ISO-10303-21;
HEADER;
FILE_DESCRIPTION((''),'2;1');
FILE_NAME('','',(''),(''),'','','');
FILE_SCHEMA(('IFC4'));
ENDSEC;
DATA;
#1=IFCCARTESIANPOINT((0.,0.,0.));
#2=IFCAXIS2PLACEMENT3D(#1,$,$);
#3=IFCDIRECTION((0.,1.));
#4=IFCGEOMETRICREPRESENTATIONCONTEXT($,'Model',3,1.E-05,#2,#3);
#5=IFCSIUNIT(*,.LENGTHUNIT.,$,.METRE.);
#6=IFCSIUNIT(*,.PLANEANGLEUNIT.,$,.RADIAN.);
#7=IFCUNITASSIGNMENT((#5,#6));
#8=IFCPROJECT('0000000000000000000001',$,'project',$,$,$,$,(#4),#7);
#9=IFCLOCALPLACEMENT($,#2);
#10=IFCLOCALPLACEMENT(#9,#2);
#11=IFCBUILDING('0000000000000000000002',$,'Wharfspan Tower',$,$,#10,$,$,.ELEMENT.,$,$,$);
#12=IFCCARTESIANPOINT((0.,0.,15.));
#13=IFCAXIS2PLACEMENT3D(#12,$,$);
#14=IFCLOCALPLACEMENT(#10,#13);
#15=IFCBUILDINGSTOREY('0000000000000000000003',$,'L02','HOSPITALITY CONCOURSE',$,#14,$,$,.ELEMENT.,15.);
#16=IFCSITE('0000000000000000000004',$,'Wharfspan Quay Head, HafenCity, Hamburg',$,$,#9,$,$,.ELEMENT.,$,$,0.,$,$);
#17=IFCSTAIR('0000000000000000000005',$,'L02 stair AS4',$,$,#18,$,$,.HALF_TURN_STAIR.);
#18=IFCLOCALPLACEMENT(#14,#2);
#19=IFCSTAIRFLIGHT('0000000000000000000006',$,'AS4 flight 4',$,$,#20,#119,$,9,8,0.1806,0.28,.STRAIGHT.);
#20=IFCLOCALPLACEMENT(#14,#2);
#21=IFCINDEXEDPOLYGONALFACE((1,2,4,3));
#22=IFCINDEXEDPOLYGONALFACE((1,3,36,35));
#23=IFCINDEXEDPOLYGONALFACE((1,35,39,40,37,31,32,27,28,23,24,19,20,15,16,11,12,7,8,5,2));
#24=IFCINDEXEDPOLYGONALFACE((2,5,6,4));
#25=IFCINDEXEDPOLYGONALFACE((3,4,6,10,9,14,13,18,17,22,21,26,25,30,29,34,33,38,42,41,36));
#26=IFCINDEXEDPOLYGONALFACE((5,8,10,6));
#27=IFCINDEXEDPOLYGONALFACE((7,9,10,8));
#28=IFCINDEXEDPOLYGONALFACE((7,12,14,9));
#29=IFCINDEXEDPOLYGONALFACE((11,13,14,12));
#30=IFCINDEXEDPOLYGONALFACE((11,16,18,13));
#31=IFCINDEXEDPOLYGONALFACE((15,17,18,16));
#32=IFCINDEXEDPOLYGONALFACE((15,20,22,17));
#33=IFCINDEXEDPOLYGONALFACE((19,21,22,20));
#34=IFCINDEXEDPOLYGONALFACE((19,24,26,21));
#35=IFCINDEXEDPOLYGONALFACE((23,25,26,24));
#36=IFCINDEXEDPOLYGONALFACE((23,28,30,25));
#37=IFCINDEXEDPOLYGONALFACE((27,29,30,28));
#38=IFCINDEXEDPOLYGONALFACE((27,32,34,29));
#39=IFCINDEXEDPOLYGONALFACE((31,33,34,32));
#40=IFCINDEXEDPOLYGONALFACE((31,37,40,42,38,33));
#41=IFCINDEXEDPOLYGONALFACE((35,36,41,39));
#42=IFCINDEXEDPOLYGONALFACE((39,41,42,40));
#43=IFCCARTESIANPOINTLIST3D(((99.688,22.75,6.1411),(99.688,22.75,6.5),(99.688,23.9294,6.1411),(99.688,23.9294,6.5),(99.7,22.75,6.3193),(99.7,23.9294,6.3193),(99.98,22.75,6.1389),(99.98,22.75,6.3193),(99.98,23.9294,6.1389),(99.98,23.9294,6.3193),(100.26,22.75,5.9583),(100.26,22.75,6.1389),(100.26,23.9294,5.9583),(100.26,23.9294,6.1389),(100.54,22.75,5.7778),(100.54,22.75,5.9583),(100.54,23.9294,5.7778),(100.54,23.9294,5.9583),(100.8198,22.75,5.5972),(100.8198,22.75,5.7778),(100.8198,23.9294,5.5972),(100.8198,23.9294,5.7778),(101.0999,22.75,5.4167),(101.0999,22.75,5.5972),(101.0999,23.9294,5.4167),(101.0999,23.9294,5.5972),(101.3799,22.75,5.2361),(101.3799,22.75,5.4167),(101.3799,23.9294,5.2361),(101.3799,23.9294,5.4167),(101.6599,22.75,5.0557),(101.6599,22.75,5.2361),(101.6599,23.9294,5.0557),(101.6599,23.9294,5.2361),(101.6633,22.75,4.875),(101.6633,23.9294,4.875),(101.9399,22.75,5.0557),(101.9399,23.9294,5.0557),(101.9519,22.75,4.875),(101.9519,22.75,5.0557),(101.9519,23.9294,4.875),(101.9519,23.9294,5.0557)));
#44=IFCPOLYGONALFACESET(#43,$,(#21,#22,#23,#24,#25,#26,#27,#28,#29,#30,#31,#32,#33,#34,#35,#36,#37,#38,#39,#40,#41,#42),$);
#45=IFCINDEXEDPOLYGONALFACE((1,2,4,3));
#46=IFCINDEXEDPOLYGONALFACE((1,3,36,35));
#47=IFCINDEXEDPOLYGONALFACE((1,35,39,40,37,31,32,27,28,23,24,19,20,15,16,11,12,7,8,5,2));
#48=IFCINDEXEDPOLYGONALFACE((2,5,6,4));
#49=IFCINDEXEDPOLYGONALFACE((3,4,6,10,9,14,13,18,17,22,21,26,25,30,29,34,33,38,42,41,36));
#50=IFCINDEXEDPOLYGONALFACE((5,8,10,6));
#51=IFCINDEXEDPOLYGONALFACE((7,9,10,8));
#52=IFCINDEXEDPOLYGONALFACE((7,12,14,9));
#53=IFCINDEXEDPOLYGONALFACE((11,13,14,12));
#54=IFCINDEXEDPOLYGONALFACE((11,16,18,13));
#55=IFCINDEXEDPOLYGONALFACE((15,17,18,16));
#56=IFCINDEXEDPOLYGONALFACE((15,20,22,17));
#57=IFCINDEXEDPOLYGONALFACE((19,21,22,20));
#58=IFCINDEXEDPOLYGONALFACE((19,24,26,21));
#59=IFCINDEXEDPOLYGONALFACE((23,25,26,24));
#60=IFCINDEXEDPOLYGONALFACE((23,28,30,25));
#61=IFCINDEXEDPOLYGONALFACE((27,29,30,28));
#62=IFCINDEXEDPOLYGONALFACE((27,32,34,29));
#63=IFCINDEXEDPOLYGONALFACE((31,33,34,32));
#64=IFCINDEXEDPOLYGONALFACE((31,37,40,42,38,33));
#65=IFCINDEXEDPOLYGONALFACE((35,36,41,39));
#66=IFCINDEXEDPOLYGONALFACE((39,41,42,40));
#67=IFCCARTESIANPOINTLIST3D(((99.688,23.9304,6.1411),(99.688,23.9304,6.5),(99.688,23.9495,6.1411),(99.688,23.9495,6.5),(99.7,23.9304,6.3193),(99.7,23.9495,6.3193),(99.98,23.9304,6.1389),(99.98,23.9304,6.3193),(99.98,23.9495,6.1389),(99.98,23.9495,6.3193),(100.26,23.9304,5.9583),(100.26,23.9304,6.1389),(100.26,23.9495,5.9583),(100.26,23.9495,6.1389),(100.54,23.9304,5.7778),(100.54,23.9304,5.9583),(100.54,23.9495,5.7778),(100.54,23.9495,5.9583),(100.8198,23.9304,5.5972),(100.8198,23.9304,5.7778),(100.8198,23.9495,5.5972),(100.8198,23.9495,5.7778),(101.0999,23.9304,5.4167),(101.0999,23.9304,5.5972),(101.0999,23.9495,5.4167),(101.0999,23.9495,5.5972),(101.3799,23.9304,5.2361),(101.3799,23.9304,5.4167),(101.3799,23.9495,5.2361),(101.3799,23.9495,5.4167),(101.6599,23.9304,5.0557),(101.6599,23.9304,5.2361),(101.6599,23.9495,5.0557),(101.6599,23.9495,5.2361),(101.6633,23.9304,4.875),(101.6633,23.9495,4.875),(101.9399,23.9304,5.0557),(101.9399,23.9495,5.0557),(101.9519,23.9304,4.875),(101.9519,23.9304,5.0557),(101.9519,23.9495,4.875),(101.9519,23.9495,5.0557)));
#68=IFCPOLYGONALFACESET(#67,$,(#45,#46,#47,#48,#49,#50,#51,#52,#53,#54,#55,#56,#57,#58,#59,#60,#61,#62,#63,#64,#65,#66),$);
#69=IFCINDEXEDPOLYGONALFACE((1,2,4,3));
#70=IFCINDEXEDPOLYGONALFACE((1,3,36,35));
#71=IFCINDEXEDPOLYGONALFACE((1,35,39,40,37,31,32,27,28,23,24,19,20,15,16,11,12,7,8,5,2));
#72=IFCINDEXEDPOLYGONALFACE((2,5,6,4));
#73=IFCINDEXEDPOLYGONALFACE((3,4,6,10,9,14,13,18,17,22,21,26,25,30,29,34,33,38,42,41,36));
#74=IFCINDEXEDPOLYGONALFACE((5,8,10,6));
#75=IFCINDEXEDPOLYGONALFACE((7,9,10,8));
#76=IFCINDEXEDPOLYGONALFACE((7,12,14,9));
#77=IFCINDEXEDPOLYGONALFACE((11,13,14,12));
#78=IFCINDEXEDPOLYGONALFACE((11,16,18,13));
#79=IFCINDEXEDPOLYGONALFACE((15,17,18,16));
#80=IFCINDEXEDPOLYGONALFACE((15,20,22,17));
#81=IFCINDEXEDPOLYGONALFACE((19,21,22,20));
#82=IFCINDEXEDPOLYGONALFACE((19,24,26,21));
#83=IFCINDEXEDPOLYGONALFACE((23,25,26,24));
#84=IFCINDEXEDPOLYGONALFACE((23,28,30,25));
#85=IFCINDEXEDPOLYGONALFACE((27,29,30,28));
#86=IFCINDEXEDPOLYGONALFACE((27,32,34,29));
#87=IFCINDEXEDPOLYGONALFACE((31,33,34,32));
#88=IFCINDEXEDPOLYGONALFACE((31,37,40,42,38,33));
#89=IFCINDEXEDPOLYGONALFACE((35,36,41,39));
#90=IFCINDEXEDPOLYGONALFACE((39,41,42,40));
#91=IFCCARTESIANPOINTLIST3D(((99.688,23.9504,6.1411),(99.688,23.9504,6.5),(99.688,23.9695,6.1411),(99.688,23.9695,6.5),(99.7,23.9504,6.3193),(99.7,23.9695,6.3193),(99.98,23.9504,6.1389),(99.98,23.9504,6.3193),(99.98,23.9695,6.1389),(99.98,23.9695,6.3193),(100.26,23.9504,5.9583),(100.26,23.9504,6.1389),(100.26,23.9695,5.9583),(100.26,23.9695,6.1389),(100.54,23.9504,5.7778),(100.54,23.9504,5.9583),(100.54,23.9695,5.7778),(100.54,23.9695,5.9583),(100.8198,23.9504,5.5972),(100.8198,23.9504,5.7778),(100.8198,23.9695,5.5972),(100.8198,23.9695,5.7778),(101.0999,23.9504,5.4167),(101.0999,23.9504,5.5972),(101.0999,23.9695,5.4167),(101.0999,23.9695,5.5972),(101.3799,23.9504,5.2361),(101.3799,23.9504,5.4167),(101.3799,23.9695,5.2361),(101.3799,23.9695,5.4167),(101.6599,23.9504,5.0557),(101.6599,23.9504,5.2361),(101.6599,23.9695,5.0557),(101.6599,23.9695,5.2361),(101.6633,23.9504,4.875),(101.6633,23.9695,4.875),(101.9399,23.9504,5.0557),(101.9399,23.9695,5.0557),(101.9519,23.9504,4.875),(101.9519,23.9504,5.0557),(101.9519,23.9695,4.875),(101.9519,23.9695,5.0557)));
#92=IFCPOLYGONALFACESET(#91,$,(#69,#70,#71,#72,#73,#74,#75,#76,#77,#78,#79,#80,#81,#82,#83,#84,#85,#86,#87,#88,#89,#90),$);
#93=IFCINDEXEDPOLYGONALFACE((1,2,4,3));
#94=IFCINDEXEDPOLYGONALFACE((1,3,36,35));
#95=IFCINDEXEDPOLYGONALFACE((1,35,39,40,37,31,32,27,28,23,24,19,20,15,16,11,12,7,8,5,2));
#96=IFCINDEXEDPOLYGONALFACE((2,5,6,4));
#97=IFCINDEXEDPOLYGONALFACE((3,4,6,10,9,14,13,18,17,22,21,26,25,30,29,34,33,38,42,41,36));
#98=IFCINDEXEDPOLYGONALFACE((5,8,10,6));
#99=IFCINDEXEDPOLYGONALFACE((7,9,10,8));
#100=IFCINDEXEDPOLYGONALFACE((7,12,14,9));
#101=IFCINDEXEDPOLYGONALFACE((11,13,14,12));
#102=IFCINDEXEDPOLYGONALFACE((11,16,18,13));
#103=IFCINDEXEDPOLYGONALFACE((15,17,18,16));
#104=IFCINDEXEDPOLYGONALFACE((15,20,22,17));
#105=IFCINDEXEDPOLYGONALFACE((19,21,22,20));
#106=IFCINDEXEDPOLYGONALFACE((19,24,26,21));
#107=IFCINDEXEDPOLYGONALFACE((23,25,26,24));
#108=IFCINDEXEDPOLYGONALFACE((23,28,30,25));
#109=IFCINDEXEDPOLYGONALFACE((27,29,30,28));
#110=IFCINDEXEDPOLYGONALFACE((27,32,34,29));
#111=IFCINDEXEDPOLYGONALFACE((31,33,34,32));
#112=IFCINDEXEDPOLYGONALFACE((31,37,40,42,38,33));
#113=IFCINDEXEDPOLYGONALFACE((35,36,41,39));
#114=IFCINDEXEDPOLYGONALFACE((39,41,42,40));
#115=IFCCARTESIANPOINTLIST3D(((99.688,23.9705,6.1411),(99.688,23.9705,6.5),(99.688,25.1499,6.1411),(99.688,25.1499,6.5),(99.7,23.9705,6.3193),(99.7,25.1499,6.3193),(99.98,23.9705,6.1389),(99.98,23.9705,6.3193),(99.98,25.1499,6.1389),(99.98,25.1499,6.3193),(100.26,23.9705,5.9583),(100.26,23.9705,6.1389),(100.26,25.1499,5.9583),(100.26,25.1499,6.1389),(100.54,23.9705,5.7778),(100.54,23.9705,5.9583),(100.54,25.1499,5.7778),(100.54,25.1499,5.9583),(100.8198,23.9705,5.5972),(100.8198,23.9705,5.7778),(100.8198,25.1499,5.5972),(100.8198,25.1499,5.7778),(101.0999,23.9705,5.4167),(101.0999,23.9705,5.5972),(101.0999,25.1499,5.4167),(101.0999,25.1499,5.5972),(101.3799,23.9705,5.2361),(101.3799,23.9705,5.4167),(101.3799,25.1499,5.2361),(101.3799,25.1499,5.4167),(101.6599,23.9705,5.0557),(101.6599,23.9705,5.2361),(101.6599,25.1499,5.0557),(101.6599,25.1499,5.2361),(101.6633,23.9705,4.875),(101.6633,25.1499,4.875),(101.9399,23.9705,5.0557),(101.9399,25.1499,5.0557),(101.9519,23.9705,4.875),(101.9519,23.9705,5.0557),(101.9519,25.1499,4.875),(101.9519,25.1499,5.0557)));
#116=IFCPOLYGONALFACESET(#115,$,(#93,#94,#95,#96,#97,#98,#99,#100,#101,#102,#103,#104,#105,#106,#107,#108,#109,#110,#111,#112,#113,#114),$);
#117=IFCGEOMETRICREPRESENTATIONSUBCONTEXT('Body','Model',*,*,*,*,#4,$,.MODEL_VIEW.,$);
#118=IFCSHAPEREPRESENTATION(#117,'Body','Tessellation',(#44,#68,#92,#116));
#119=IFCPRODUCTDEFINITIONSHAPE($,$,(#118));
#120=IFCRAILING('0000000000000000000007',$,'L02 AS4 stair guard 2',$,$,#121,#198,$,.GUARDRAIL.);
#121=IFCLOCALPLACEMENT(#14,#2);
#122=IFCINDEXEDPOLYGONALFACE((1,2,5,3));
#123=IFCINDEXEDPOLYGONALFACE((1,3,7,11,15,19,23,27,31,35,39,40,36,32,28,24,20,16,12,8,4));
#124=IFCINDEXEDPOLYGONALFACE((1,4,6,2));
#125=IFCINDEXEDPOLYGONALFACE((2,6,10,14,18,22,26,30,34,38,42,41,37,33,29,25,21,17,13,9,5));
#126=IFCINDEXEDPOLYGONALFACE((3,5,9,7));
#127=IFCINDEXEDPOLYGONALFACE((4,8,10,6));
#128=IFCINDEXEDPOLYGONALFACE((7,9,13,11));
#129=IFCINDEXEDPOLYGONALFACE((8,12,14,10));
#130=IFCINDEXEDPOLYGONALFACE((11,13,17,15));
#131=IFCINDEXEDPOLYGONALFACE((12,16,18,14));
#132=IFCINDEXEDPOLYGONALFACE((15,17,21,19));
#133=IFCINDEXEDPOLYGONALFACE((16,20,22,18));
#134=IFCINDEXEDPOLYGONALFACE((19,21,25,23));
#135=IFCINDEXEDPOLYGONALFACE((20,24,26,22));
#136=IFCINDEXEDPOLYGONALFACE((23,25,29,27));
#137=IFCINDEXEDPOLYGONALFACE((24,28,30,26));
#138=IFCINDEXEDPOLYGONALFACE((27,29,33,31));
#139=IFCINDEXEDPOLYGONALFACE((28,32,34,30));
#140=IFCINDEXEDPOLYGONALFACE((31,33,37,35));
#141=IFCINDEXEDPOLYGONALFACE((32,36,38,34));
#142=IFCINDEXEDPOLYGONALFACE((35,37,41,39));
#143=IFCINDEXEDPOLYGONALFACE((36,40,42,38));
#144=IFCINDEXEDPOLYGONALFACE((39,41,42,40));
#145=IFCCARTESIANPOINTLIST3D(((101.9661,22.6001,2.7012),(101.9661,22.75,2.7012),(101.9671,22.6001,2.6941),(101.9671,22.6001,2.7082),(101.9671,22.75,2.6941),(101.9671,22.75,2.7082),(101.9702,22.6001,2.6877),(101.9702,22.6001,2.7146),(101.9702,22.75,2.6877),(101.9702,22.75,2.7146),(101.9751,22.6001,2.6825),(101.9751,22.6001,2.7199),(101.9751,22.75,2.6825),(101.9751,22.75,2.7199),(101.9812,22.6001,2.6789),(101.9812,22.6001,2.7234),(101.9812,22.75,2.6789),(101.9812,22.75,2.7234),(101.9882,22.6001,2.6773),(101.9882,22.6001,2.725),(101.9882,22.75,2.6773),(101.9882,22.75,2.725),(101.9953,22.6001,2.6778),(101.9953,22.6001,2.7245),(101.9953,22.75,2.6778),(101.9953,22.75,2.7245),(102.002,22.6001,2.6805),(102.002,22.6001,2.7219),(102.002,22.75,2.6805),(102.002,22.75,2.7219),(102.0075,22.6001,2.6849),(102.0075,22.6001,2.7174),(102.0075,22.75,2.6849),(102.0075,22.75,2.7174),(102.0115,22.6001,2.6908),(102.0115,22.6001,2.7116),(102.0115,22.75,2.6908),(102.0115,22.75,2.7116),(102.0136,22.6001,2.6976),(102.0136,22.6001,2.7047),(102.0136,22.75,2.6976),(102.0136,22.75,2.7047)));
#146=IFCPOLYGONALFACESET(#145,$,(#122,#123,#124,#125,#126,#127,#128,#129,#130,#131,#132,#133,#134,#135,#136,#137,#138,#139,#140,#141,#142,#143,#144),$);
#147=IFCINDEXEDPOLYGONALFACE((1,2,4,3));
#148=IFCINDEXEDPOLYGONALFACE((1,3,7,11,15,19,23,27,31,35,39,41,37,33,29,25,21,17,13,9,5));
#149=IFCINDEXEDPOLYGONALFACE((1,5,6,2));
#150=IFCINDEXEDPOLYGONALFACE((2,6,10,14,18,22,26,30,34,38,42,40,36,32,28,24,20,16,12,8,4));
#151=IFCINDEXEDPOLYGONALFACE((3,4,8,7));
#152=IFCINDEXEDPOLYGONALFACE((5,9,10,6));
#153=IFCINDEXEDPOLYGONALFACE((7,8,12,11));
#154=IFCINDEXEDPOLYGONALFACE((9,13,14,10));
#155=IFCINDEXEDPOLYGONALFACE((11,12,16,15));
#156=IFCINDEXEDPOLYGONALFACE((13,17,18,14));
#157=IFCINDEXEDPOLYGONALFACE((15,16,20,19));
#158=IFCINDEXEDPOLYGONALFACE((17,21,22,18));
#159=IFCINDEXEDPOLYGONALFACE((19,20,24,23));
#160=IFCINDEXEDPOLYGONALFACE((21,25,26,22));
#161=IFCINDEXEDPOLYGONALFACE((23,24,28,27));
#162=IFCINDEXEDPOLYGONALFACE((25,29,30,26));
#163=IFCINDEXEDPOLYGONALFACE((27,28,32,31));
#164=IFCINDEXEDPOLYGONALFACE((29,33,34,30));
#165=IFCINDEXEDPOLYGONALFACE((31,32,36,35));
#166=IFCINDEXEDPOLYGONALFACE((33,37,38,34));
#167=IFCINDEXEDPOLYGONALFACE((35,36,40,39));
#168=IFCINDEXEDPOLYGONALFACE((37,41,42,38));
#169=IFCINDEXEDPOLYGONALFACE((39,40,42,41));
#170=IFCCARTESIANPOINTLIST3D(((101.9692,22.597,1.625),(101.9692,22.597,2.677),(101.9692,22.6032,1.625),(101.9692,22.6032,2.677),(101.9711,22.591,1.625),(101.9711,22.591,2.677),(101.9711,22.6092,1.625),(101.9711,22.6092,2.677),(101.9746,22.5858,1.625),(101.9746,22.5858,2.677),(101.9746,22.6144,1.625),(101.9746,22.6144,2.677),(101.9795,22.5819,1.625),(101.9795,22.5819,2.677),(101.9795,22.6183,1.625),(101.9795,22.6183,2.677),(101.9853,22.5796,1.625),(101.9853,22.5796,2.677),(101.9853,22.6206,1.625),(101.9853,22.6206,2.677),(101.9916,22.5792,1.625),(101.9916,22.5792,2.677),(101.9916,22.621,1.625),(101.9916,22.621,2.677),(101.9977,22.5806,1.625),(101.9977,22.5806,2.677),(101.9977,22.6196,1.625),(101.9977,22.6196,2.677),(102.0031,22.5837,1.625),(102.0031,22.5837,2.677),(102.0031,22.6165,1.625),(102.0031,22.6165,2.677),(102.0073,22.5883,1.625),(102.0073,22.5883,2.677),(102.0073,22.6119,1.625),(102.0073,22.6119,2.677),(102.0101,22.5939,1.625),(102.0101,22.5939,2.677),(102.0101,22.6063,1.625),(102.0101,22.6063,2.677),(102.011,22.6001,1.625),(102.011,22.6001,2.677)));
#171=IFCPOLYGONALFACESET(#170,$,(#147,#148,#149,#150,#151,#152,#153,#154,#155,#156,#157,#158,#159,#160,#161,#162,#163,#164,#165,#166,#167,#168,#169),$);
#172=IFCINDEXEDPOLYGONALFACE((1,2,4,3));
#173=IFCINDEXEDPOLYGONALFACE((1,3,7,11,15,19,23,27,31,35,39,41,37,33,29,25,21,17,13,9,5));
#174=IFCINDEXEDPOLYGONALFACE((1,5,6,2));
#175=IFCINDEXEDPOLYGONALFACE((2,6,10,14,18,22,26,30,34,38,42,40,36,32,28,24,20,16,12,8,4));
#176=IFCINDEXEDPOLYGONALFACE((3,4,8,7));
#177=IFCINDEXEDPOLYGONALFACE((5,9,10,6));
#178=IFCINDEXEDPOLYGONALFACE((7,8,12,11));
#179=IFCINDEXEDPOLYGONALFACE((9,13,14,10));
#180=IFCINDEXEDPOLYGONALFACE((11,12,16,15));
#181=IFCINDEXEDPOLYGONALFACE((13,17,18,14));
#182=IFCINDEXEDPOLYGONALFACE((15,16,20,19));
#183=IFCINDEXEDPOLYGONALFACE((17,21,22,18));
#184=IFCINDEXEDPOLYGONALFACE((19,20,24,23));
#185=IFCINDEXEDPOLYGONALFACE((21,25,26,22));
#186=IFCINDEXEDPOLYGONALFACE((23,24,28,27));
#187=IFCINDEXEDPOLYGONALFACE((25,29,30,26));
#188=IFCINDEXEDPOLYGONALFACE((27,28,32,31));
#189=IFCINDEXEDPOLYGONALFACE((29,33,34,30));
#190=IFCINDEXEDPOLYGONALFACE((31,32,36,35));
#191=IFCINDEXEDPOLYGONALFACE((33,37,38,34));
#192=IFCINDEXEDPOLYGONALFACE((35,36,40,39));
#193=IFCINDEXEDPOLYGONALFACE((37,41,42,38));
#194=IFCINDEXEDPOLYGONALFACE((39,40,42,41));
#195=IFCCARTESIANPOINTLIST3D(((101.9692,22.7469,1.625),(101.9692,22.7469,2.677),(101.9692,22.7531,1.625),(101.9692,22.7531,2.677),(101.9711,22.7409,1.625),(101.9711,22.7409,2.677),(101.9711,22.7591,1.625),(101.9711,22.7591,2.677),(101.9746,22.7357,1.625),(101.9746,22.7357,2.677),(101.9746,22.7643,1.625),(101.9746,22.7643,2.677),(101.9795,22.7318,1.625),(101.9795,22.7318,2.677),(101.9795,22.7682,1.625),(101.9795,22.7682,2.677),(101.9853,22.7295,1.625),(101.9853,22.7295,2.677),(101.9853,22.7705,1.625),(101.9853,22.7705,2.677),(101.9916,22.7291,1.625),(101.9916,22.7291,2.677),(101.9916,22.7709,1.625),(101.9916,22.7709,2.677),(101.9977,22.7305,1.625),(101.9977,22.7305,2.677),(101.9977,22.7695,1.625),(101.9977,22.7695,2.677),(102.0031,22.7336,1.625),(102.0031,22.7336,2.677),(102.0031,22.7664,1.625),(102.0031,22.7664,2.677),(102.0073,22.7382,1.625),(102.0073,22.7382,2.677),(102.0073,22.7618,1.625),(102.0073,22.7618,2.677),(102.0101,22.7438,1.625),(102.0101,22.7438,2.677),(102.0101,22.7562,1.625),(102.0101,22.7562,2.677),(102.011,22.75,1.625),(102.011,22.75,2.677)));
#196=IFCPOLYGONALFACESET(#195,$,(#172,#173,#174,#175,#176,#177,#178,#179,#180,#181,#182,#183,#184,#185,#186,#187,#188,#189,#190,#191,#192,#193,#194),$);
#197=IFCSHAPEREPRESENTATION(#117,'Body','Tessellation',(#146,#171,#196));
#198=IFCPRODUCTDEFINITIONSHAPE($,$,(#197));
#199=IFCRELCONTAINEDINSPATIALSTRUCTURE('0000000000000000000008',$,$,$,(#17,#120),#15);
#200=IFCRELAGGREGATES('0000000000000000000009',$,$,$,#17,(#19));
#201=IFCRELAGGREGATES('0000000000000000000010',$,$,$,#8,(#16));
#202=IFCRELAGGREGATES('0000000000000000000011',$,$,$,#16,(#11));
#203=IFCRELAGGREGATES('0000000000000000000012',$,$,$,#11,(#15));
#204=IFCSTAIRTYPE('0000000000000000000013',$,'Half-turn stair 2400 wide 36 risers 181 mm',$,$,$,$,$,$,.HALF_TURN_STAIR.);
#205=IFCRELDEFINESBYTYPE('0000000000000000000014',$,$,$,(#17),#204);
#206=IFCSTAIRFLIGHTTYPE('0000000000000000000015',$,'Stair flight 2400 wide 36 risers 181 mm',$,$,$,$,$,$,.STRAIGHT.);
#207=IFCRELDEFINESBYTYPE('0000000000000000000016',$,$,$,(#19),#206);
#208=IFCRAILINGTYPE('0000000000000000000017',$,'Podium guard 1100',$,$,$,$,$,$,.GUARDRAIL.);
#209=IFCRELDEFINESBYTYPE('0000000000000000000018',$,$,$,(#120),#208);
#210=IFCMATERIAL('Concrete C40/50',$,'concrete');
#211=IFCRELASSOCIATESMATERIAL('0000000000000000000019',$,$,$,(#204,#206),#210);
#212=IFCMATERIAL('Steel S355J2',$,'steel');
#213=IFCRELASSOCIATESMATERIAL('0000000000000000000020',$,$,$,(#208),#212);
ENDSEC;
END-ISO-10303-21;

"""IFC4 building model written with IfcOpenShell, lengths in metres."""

from ifc_helpers import new_model, si_unit, direction, frame, origin, origin_2d, place, context, subcontext, project, spatial, polyline, circle, outline, extrude, material, type_object, element, aggregate, save


model = new_model("IFC4")

# Units and contexts
model_context = context("Model", 3, precision=1e-05, world=origin(), true_north=direction((0.0, 1.0)))
body_context = subcontext(model_context, "Body", "Model", "MODEL_VIEW")
ifc_project = project(units=[si_unit("LENGTHUNIT", "METRE"), si_unit("PLANEANGLEUNIT", "RADIAN")], contexts=[model_context])

# Site, building, storey
site_placement = place(None, origin())
site = spatial("IfcSite", under=ifc_project, at=site_placement, Name="Wharfspan Quay Head, HafenCity, Hamburg", CompositionType="ELEMENT", RefElevation=0.0)
building_placement = place(site_placement, origin())
building = spatial("IfcBuilding", under=site, at=building_placement, Name="Wharfspan Tower", CompositionType="ELEMENT")
storey_placement = place(building_placement, frame((0.0, 0.0, 15.0)))
storey = spatial("IfcBuildingStorey", under=building, at=storey_placement, Name="L02", Description="HOSPITALITY CONCOURSE", CompositionType="ELEMENT", Elevation=15.0)

# Shared definitions
ifc_material_1 = material(Name="Concrete C40/50", Category="concrete")

# Stair, stair flight
stair_type = type_object("IfcStairType", Name="Half-turn stair 2400 wide 36 risers 181 mm", PredefinedType="HALF_TURN_STAIR", material=ifc_material_1)
stair_placement = place(storey_placement, origin())
stair = element("IfcStair", 1, at=stair_placement, inside=storey, type_object=stair_type, Name="L02 stair AS4", PredefinedType="HALF_TURN_STAIR")
stair_flight_type = type_object("IfcStairFlightType", Name="Stair flight 2400 wide 36 risers 181 mm", PredefinedType="STRAIGHT", material=ifc_material_1)
stair_flight_1_placement = place(storey_placement, frame((101.9399, 23.95, 4.875), z_axis=(0.0, 0.0, 1.0), x_axis=(-1.0, 0.0, 0.0)))
stair_flight_1 = element("IfcStairFlight", 2, at=stair_flight_1_placement, type_object=stair_flight_type, Name="AS4 flight 4", NumberOfRisers=9, NumberOfTreads=8, PredefinedType="STRAIGHT", RiserHeight=0.1806, TreadLength=0.28, context=body_context, shape_type="SweptSolid", body=[
    extrude(outline(polyline([(-0.012, 0.0), (-0.012, 0.1807), (0.0, 0.1807), (0.28, 0.1807), (0.28, 0.3611), (0.5601, 0.3611), (0.5601, 0.5417), (0.8401, 0.5417), (0.8401, 0.7222), (1.1201, 0.7222), (1.1201, 0.9028), (1.3999, 0.9028), (1.3999, 1.0833), (1.6799, 1.0833), (1.6799, 1.2639), (1.96, 1.2639), (1.96, 1.4443), (2.24, 1.4443), (2.252, 1.625), (2.252, 1.2661), (0.2766, 0.0), (-0.012, 0.0)])), frame((0.0, 1.2, 0.0), z_axis=(0.0, -1.0, 0.0), x_axis=(1.0, 0.0, 0.0)), (0.0, 0.0, 1.0), 1.1794),
    extrude(outline(polyline([(-0.012, 0.0), (-0.012, 0.1807), (0.0, 0.1807), (0.28, 0.1807), (0.28, 0.3611), (0.5601, 0.3611), (0.5601, 0.5417), (0.8401, 0.5417), (0.8401, 0.7222), (1.1201, 0.7222), (1.1201, 0.9028), (1.3999, 0.9028), (1.3999, 1.0833), (1.6799, 1.0833), (1.6799, 1.2639), (1.96, 1.2639), (1.96, 1.4443), (2.24, 1.4443), (2.252, 1.625), (2.252, 1.2661), (0.2766, 0.0), (-0.012, 0.0)])), frame((0.0, 0.0195, 0.0), z_axis=(0.0, -1.0, 0.0), x_axis=(1.0, 0.0, 0.0)), (0.0, 0.0, 1.0), 0.019),
    extrude(outline(polyline([(-0.012, 0.0), (-0.012, 0.1807), (0.0, 0.1807), (0.28, 0.1807), (0.28, 0.3611), (0.5601, 0.3611), (0.5601, 0.5417), (0.8401, 0.5417), (0.8401, 0.7222), (1.1201, 0.7222), (1.1201, 0.9028), (1.3999, 0.9028), (1.3999, 1.0833), (1.6799, 1.0833), (1.6799, 1.2639), (1.96, 1.2639), (1.96, 1.4443), (2.24, 1.4443), (2.252, 1.625), (2.252, 1.2661), (0.2766, 0.0), (-0.012, 0.0)])), frame((0.0, -0.0005, 0.0), z_axis=(0.0, -1.0, 0.0), x_axis=(1.0, 0.0, 0.0)), (0.0, 0.0, 1.0), 0.019),
    extrude(outline(polyline([(-0.012, 0.0), (-0.012, 0.1807), (0.0, 0.1807), (0.28, 0.1807), (0.28, 0.3611), (0.5601, 0.3611), (0.5601, 0.5417), (0.8401, 0.5417), (0.8401, 0.7222), (1.1201, 0.7222), (1.1201, 0.9028), (1.3999, 0.9028), (1.3999, 1.0833), (1.6799, 1.0833), (1.6799, 1.2639), (1.96, 1.2639), (1.96, 1.4443), (2.24, 1.4443), (2.252, 1.625), (2.252, 1.2661), (0.2766, 0.0), (-0.012, 0.0)])), frame((0.0, -0.0205, 0.0), z_axis=(0.0, -1.0, 0.0), x_axis=(1.0, 0.0, 0.0)), (0.0, 0.0, 1.0), 1.1794),
])
aggregate(stair, [stair_flight_1])

# Railing
ifc_material_2 = material(Name="Steel S355J2", Category="steel")
railing_type_1 = type_object("IfcRailingType", Name="Podium guard 1100", PredefinedType="GUARDRAIL", material=ifc_material_2)
railing_1_placement = place(storey_placement, frame((101.99, 22.6001, 1.625)))
element("IfcRailing", 3, at=railing_1_placement, inside=storey, type_object=railing_type_1, Name="L02 AS4 stair guard 2", PredefinedType="GUARDRAIL", context=body_context, shape_type="SweptSolid", body=[
    extrude(circle(Radius=0.0239, at=origin_2d()), frame((0.0, 0.0, 1.0762), z_axis=(0.0, 1.0, 0.0), x_axis=(-1.0, 0.0, 0.0)), (0.0, 0.0, 1.0), 0.1499),
    extrude(circle(Radius=0.021, at=origin_2d()), origin(), (0.0, 0.0, 1.0), 1.052),
    extrude(circle(Radius=0.021, at=origin_2d()), frame((0.0, 0.1499, 0.0)), (0.0, 0.0, 1.0), 1.052),
])

save(model, "model.ifc")
